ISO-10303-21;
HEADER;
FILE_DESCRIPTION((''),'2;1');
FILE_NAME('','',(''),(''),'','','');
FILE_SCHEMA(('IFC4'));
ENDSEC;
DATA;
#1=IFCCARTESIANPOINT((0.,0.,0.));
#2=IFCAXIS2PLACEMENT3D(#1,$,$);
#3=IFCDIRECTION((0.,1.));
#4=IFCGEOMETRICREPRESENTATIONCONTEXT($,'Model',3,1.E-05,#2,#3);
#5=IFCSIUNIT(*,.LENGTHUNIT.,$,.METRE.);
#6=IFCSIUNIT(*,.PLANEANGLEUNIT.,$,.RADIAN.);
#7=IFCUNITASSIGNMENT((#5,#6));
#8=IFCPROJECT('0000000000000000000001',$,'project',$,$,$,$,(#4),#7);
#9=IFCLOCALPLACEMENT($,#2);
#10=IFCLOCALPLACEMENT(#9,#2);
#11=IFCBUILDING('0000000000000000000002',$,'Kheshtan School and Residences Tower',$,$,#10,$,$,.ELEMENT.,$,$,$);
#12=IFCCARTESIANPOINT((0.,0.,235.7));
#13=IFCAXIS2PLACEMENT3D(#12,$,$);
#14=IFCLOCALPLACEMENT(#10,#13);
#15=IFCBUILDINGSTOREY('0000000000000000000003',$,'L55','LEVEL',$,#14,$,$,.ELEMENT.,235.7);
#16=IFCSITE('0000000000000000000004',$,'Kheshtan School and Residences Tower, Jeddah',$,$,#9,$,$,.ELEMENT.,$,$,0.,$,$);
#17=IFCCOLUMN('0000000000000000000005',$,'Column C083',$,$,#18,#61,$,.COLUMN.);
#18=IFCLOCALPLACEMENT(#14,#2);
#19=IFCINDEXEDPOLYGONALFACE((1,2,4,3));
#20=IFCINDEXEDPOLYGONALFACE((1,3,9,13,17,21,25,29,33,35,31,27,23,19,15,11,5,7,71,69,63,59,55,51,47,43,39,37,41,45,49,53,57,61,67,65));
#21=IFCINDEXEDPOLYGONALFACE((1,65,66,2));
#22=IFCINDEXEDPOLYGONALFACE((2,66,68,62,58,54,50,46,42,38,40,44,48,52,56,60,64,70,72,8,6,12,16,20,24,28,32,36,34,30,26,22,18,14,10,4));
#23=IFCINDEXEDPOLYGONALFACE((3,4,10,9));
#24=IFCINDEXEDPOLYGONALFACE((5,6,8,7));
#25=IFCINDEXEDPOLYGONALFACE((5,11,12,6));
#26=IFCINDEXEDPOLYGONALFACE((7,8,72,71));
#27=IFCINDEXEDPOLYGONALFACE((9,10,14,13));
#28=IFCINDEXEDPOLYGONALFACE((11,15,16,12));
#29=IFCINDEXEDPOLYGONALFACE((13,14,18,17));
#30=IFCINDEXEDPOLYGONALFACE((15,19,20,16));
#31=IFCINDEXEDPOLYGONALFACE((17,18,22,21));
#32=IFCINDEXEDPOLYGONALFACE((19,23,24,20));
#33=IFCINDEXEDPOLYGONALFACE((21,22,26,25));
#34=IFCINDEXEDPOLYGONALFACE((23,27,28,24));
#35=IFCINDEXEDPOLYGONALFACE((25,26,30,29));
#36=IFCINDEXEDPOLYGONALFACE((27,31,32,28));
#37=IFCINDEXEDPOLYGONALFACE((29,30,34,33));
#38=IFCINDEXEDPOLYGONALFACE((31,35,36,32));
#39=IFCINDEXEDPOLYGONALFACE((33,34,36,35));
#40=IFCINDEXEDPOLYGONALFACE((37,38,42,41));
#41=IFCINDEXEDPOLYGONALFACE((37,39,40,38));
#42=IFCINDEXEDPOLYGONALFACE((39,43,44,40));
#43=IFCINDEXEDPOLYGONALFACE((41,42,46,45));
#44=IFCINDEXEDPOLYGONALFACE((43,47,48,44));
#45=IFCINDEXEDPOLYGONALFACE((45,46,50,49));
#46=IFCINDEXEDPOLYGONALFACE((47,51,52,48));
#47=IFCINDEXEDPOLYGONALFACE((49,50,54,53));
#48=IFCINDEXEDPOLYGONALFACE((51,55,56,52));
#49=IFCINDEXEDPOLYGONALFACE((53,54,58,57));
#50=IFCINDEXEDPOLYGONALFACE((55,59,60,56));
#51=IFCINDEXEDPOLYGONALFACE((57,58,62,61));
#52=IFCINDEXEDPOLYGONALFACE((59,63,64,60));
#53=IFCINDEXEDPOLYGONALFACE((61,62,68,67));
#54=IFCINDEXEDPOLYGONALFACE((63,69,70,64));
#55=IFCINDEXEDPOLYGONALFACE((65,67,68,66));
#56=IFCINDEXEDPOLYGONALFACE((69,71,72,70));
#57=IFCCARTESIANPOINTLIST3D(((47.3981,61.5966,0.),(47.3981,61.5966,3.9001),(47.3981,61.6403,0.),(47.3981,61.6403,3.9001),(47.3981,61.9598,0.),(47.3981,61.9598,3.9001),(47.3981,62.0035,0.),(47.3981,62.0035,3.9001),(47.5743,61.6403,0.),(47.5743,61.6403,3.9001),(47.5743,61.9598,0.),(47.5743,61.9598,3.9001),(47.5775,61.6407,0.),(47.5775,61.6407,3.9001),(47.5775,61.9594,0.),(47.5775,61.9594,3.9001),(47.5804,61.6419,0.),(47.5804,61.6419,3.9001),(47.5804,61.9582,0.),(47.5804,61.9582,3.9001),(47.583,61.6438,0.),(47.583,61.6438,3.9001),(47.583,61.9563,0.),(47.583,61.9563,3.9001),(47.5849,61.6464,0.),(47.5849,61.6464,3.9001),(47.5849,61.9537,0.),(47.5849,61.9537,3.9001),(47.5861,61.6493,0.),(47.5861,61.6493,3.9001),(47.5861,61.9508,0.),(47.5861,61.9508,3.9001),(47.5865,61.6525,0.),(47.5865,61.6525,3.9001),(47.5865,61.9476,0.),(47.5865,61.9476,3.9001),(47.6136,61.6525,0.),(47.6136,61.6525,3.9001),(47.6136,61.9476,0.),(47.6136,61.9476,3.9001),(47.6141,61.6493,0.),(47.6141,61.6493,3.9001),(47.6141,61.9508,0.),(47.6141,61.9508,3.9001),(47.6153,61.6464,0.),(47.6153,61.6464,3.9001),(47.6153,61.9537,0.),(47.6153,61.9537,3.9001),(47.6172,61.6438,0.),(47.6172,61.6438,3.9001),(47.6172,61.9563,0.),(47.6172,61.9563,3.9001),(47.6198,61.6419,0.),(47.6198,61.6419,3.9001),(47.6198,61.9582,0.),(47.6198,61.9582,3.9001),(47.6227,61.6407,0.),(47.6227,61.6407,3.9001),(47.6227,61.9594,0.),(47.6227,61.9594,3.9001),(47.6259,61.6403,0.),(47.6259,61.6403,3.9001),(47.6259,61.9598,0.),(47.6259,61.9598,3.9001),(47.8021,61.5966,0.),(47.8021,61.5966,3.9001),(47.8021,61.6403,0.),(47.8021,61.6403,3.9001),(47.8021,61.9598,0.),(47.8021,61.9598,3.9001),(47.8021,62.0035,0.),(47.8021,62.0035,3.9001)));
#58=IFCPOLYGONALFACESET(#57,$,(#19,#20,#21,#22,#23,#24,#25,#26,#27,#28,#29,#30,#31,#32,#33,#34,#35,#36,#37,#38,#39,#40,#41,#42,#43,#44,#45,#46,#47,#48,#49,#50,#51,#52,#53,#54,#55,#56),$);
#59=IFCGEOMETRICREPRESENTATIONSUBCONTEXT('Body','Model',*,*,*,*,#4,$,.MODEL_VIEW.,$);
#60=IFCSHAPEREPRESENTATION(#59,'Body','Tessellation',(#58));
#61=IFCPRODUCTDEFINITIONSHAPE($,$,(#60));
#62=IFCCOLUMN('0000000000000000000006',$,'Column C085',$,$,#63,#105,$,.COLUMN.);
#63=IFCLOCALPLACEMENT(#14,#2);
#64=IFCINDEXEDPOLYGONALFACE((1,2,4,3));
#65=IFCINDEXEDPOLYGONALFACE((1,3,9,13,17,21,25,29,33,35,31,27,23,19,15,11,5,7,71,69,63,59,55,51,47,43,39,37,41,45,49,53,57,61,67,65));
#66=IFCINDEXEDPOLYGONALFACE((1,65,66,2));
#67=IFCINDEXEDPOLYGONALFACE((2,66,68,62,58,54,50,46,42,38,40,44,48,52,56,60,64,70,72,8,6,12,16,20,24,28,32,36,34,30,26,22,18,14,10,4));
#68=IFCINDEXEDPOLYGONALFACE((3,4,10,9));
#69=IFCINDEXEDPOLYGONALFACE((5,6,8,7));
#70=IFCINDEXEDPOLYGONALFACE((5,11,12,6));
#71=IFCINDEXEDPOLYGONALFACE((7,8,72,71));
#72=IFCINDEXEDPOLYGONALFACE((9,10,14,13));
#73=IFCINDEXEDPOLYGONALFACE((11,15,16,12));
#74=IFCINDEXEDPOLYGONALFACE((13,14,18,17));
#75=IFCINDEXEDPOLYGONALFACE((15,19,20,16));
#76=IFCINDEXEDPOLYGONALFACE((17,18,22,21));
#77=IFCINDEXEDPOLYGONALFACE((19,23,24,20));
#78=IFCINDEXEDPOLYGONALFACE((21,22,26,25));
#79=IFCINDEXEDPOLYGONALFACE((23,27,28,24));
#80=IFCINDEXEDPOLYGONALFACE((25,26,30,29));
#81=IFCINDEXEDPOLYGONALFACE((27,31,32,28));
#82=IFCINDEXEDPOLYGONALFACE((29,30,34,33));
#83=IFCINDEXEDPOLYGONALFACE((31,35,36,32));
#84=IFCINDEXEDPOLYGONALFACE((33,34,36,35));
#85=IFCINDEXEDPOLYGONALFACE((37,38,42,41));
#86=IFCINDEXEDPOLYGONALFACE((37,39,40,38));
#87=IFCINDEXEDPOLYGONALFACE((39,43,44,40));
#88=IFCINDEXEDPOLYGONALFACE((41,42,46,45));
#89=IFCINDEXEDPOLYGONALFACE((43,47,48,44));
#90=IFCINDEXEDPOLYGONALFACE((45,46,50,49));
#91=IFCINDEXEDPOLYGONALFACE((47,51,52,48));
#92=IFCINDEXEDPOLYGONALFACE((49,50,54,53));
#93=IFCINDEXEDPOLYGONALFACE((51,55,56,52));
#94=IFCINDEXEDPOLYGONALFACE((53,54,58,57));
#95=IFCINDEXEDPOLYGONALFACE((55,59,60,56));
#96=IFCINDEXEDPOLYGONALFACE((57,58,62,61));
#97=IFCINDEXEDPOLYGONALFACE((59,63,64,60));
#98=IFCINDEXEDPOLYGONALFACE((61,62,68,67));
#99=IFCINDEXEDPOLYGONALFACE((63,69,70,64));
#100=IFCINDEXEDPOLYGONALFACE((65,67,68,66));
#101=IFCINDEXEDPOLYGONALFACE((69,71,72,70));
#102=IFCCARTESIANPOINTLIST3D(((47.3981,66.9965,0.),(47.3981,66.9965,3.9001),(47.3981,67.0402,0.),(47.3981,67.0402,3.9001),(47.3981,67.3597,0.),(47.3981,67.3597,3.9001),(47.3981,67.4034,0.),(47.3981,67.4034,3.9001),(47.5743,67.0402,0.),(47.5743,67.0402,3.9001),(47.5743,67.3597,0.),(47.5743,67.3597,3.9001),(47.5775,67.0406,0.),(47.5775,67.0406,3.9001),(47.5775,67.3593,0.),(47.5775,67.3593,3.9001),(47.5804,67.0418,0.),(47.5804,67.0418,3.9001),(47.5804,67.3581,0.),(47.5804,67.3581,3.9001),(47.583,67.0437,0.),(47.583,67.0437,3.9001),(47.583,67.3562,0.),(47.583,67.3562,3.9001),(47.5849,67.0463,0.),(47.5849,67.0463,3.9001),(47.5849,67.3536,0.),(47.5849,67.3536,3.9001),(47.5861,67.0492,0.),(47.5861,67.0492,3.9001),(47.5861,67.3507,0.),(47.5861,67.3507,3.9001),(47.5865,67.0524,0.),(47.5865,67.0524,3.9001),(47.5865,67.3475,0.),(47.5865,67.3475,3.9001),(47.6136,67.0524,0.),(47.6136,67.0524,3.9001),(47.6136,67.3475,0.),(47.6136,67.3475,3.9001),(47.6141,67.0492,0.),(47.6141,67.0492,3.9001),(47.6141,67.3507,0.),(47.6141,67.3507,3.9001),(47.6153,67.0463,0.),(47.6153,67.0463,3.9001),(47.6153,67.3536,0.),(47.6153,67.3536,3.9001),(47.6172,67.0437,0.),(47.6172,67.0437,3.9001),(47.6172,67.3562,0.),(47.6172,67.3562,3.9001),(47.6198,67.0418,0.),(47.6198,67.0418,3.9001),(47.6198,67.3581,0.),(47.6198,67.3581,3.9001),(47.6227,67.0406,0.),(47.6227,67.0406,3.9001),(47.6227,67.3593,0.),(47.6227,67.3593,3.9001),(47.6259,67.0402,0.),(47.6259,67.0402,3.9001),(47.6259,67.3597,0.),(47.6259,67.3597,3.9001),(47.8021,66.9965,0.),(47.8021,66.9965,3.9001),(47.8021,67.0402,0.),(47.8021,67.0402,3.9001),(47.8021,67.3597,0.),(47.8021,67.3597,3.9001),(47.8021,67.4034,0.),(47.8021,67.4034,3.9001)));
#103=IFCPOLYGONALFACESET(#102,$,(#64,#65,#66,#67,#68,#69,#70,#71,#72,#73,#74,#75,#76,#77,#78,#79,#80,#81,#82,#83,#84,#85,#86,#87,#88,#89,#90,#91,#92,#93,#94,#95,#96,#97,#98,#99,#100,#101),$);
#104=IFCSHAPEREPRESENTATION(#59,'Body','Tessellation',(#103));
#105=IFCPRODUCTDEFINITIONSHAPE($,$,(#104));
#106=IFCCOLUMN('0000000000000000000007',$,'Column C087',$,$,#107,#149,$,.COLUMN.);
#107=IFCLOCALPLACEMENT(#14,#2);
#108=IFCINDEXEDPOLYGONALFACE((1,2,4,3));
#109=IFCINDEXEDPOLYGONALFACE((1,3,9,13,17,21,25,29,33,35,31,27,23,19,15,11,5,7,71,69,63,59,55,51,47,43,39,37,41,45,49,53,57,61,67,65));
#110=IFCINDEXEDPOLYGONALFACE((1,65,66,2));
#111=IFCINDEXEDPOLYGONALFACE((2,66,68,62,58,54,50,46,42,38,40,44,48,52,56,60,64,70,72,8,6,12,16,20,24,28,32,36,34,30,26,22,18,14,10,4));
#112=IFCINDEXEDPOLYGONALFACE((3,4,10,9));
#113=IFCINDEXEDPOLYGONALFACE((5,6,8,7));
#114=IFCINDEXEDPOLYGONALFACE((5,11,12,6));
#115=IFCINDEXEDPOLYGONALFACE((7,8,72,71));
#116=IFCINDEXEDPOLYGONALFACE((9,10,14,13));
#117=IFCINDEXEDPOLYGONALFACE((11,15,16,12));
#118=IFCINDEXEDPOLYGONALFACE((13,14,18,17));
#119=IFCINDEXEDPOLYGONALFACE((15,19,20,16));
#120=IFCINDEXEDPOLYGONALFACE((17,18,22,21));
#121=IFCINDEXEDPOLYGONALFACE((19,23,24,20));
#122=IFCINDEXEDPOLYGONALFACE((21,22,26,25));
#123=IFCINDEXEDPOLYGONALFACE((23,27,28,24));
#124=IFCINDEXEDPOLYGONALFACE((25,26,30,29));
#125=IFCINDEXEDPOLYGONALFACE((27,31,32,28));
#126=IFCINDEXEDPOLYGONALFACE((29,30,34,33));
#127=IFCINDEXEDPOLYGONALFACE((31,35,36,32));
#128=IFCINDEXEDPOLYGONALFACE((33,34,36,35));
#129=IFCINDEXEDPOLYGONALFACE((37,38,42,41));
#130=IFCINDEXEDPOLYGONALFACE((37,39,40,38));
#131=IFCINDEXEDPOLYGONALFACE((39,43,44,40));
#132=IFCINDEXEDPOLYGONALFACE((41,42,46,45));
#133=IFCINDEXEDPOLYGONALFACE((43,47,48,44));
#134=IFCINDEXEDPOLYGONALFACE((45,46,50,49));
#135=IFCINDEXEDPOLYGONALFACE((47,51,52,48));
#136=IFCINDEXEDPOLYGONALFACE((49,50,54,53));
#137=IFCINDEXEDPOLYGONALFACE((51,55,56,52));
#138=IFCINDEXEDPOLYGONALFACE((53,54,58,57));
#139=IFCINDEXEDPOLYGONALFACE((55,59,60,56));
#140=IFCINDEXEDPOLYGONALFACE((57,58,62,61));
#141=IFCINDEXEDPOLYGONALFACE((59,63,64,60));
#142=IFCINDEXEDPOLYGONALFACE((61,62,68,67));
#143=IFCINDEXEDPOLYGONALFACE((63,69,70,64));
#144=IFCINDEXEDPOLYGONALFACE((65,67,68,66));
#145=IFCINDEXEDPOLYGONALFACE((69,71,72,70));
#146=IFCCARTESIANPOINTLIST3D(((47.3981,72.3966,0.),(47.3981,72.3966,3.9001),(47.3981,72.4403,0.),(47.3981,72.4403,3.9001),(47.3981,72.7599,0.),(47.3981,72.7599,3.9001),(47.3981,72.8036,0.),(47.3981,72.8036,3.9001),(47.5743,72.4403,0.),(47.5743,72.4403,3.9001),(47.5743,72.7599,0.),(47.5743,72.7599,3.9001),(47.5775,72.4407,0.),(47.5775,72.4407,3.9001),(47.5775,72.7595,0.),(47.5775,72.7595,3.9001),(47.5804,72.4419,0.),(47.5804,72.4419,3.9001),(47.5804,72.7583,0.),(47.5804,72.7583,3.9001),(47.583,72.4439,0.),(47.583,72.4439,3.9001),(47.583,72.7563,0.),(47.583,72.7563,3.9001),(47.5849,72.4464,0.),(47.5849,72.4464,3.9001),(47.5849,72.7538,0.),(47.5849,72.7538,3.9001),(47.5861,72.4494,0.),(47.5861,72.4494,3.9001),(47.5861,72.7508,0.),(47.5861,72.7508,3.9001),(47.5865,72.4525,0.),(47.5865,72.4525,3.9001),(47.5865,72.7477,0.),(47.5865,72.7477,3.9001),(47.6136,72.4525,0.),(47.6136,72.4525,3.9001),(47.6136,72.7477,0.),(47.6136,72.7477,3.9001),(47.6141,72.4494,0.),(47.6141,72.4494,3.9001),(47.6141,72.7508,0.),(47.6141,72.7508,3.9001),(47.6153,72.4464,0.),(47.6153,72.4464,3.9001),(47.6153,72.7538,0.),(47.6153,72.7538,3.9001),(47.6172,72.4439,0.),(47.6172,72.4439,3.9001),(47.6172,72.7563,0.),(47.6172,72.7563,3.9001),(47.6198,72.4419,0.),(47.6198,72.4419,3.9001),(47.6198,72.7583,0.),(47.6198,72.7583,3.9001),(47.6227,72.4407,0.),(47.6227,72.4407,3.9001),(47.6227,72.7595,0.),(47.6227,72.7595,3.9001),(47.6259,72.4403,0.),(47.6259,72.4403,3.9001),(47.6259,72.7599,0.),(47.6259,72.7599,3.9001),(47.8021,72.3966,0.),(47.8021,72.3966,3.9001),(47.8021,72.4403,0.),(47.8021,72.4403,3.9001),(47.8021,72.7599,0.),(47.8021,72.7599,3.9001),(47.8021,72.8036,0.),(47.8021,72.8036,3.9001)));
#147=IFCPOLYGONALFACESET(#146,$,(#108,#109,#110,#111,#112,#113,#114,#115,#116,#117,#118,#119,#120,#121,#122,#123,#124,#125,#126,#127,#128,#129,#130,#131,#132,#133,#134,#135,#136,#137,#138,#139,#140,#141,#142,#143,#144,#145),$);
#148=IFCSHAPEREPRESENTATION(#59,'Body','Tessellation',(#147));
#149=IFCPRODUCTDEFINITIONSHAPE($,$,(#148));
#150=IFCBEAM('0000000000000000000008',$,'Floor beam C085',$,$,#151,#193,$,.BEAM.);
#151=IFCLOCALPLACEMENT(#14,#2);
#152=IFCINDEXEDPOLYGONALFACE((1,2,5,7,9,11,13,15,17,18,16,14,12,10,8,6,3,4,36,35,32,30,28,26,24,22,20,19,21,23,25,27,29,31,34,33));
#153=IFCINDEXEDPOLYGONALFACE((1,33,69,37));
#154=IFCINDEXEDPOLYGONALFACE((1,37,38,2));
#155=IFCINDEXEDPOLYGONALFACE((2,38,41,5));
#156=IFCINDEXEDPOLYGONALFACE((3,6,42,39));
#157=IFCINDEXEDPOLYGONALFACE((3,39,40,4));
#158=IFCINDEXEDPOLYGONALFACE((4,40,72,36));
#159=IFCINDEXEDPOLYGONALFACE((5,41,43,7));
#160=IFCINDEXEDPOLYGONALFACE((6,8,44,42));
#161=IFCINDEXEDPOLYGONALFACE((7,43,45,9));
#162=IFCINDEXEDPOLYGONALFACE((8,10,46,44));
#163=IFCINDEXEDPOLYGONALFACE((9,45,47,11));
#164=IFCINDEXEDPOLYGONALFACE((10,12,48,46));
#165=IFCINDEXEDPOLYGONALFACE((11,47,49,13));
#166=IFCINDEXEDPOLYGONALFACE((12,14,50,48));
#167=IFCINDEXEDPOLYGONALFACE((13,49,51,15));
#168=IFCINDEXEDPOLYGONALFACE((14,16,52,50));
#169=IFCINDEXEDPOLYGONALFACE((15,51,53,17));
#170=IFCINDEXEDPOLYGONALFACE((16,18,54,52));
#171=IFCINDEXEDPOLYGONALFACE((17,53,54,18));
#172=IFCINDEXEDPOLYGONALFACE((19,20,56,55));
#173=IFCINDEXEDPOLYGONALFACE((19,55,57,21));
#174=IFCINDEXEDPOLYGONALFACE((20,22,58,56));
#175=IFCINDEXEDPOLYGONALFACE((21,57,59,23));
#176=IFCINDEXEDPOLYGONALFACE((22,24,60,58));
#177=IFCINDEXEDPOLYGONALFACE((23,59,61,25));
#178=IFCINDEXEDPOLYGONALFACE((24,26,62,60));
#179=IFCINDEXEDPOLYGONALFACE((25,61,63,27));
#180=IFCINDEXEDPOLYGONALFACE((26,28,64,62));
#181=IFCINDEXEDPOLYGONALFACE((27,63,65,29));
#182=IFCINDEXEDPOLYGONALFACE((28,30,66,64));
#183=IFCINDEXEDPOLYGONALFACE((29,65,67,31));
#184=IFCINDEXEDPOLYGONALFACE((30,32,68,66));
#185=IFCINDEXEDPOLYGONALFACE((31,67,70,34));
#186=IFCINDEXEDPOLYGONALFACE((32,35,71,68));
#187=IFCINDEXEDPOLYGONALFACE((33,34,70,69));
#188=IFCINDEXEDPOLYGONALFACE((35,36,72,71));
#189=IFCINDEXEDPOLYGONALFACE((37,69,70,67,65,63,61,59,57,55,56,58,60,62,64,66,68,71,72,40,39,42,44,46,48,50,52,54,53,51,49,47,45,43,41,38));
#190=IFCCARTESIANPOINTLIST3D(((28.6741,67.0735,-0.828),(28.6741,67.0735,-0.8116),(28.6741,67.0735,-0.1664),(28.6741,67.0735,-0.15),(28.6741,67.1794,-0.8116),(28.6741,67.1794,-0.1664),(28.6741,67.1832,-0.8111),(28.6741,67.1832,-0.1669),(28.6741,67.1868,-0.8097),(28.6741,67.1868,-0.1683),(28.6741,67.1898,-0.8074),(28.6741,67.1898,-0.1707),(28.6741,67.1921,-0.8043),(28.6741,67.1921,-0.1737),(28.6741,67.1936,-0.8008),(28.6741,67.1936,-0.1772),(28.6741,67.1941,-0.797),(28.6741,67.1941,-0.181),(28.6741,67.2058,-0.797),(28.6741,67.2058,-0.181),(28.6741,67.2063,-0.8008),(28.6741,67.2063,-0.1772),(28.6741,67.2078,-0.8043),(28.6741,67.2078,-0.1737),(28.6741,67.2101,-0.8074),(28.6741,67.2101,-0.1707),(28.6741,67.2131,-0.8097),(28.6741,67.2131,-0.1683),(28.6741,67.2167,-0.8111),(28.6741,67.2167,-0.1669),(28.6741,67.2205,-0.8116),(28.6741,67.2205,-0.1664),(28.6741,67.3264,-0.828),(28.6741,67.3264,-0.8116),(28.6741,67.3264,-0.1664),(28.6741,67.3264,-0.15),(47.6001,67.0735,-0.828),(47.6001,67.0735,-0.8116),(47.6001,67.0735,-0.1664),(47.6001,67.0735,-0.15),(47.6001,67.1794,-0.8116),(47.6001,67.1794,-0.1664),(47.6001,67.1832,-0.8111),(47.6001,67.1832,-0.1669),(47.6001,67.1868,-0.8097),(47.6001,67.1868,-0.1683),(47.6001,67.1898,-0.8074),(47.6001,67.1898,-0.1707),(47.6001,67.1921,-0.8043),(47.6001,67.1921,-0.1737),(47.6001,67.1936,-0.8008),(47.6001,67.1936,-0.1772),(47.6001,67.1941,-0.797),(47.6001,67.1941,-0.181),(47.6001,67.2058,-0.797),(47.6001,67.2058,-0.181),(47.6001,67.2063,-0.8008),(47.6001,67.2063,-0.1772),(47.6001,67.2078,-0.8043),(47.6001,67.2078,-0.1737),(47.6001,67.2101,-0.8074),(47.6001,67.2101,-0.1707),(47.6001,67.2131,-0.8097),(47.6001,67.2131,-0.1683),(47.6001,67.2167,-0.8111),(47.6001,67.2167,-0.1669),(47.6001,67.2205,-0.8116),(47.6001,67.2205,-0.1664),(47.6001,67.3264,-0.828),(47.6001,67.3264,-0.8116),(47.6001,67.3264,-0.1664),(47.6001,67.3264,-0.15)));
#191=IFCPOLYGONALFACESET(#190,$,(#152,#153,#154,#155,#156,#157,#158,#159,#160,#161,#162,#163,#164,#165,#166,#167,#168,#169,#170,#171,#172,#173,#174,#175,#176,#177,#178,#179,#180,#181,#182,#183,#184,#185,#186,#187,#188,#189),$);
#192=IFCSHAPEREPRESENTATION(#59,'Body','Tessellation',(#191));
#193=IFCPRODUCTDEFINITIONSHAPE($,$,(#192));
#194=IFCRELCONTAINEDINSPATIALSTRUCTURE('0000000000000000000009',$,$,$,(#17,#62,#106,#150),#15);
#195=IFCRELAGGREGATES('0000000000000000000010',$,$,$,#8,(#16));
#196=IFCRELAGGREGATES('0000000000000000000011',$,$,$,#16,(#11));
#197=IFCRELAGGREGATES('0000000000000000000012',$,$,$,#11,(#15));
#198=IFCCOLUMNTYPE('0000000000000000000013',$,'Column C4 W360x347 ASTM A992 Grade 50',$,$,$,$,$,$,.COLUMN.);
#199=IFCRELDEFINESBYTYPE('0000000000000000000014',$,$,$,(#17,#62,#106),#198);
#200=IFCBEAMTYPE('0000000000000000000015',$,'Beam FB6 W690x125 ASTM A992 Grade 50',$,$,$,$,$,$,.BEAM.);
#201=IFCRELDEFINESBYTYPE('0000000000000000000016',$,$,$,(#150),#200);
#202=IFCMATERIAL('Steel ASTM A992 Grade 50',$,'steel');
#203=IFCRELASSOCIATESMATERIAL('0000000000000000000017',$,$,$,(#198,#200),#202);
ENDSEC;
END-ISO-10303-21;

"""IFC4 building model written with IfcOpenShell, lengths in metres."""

from ifc_helpers import new_model, si_unit, direction, frame, origin, origin_2d, place, context, subcontext, project, spatial, i_section, extrude, material, material_profile, profile_set, type_object, element, save


model = new_model("IFC4")

# Units and contexts
model_context = context("Model", 3, precision=1e-05, world=origin(), true_north=direction((0.0, 1.0)))
body_context = subcontext(model_context, "Body", "Model", "MODEL_VIEW")
ifc_project = project(units=[si_unit("LENGTHUNIT", "METRE"), si_unit("PLANEANGLEUNIT", "RADIAN")], contexts=[model_context])

# Site, building, storey
site_placement = place(None, origin())
site = spatial("IfcSite", under=ifc_project, at=site_placement, Name="Kheshtan School and Residences Tower, Jeddah", CompositionType="ELEMENT", RefElevation=0.0)
building_placement = place(site_placement, origin())
building = spatial("IfcBuilding", under=site, at=building_placement, Name="Kheshtan School and Residences Tower", CompositionType="ELEMENT")
storey_placement = place(building_placement, frame((0.0, 0.0, 235.7)))
storey = spatial("IfcBuildingStorey", under=building, at=storey_placement, Name="L55", Description="LEVEL", CompositionType="ELEMENT", Elevation=235.7)

# Columns
ifc_material_1 = material(Name="Steel ASTM A992 Grade 50", Category="steel")
ifc_material_profile_1 = material_profile(ifc_material_1, i_section(OverallWidth=0.4041, OverallDepth=0.407, WebThickness=0.0271, FlangeThickness=0.0437, FilletRadius=0.0122, at=origin_2d()), Name="W360x347")
ifc_profile_set_1 = profile_set([ifc_material_profile_1], Name="Steel ASTM A992 Grade 50")
column_type = type_object("IfcColumnType", Name="Column C4 W360x347 ASTM A992 Grade 50", PredefinedType="COLUMN", material=ifc_profile_set_1)
for number, where, z_axis, x_axis, name in (
    (1, (47.6001, 61.8, 0.0), (0.0, 0.0, 1.0), (1.0, 0.0, 0.0), "Column C083"),
    (2, (47.6001, 67.2, 0.0), (0.0, 0.0, 1.0), (1.0, 0.0, 0.0), "Column C085"),
    (3, (47.6001, 72.6001, 0.0), (0.0, 0.0, 1.0), (1.0, 0.0, 0.0), "Column C087"),
):
    element("IfcColumn", number, at=place(storey_placement, frame(where, z_axis=z_axis, x_axis=x_axis)), inside=storey, type_object=column_type, Name=name, PredefinedType="COLUMN", context=body_context, shape_type="SweptSolid", body=[
        extrude(i_section(OverallWidth=0.4041, OverallDepth=0.407, WebThickness=0.0271, FlangeThickness=0.0437, FilletRadius=0.0122, at=origin_2d()), origin(), (0.0, 0.0, 1.0), 3.9001),
    ])

# Beam
ifc_material_profile_2 = material_profile(ifc_material_1, i_section(OverallWidth=0.2529, OverallDepth=0.678, WebThickness=0.0117, FlangeThickness=0.0164, FilletRadius=0.0146, at=origin_2d()), Name="W690x125")
ifc_profile_set_2 = profile_set([ifc_material_profile_2], Name="Steel ASTM A992 Grade 50")
beam_type_1 = type_object("IfcBeamType", Name="Beam FB6 W690x125 ASTM A992 Grade 50", PredefinedType="BEAM", material=ifc_profile_set_2)
beam_1_placement = place(storey_placement, frame((47.6001, 67.2, -0.489), z_axis=(-1.0, 0.0, 0.0), x_axis=(0.0, -1.0, 0.0)))
element("IfcBeam", 4, at=beam_1_placement, inside=storey, type_object=beam_type_1, Name="Floor beam C085", PredefinedType="BEAM", context=body_context, shape_type="SweptSolid", body=[
    extrude(i_section(OverallWidth=0.2529, OverallDepth=0.678, WebThickness=0.0117, FlangeThickness=0.0164, FilletRadius=0.0146, at=origin_2d()), origin(), (0.0, 0.0, 1.0), 18.926),
])

save(model, "model.ifc")
